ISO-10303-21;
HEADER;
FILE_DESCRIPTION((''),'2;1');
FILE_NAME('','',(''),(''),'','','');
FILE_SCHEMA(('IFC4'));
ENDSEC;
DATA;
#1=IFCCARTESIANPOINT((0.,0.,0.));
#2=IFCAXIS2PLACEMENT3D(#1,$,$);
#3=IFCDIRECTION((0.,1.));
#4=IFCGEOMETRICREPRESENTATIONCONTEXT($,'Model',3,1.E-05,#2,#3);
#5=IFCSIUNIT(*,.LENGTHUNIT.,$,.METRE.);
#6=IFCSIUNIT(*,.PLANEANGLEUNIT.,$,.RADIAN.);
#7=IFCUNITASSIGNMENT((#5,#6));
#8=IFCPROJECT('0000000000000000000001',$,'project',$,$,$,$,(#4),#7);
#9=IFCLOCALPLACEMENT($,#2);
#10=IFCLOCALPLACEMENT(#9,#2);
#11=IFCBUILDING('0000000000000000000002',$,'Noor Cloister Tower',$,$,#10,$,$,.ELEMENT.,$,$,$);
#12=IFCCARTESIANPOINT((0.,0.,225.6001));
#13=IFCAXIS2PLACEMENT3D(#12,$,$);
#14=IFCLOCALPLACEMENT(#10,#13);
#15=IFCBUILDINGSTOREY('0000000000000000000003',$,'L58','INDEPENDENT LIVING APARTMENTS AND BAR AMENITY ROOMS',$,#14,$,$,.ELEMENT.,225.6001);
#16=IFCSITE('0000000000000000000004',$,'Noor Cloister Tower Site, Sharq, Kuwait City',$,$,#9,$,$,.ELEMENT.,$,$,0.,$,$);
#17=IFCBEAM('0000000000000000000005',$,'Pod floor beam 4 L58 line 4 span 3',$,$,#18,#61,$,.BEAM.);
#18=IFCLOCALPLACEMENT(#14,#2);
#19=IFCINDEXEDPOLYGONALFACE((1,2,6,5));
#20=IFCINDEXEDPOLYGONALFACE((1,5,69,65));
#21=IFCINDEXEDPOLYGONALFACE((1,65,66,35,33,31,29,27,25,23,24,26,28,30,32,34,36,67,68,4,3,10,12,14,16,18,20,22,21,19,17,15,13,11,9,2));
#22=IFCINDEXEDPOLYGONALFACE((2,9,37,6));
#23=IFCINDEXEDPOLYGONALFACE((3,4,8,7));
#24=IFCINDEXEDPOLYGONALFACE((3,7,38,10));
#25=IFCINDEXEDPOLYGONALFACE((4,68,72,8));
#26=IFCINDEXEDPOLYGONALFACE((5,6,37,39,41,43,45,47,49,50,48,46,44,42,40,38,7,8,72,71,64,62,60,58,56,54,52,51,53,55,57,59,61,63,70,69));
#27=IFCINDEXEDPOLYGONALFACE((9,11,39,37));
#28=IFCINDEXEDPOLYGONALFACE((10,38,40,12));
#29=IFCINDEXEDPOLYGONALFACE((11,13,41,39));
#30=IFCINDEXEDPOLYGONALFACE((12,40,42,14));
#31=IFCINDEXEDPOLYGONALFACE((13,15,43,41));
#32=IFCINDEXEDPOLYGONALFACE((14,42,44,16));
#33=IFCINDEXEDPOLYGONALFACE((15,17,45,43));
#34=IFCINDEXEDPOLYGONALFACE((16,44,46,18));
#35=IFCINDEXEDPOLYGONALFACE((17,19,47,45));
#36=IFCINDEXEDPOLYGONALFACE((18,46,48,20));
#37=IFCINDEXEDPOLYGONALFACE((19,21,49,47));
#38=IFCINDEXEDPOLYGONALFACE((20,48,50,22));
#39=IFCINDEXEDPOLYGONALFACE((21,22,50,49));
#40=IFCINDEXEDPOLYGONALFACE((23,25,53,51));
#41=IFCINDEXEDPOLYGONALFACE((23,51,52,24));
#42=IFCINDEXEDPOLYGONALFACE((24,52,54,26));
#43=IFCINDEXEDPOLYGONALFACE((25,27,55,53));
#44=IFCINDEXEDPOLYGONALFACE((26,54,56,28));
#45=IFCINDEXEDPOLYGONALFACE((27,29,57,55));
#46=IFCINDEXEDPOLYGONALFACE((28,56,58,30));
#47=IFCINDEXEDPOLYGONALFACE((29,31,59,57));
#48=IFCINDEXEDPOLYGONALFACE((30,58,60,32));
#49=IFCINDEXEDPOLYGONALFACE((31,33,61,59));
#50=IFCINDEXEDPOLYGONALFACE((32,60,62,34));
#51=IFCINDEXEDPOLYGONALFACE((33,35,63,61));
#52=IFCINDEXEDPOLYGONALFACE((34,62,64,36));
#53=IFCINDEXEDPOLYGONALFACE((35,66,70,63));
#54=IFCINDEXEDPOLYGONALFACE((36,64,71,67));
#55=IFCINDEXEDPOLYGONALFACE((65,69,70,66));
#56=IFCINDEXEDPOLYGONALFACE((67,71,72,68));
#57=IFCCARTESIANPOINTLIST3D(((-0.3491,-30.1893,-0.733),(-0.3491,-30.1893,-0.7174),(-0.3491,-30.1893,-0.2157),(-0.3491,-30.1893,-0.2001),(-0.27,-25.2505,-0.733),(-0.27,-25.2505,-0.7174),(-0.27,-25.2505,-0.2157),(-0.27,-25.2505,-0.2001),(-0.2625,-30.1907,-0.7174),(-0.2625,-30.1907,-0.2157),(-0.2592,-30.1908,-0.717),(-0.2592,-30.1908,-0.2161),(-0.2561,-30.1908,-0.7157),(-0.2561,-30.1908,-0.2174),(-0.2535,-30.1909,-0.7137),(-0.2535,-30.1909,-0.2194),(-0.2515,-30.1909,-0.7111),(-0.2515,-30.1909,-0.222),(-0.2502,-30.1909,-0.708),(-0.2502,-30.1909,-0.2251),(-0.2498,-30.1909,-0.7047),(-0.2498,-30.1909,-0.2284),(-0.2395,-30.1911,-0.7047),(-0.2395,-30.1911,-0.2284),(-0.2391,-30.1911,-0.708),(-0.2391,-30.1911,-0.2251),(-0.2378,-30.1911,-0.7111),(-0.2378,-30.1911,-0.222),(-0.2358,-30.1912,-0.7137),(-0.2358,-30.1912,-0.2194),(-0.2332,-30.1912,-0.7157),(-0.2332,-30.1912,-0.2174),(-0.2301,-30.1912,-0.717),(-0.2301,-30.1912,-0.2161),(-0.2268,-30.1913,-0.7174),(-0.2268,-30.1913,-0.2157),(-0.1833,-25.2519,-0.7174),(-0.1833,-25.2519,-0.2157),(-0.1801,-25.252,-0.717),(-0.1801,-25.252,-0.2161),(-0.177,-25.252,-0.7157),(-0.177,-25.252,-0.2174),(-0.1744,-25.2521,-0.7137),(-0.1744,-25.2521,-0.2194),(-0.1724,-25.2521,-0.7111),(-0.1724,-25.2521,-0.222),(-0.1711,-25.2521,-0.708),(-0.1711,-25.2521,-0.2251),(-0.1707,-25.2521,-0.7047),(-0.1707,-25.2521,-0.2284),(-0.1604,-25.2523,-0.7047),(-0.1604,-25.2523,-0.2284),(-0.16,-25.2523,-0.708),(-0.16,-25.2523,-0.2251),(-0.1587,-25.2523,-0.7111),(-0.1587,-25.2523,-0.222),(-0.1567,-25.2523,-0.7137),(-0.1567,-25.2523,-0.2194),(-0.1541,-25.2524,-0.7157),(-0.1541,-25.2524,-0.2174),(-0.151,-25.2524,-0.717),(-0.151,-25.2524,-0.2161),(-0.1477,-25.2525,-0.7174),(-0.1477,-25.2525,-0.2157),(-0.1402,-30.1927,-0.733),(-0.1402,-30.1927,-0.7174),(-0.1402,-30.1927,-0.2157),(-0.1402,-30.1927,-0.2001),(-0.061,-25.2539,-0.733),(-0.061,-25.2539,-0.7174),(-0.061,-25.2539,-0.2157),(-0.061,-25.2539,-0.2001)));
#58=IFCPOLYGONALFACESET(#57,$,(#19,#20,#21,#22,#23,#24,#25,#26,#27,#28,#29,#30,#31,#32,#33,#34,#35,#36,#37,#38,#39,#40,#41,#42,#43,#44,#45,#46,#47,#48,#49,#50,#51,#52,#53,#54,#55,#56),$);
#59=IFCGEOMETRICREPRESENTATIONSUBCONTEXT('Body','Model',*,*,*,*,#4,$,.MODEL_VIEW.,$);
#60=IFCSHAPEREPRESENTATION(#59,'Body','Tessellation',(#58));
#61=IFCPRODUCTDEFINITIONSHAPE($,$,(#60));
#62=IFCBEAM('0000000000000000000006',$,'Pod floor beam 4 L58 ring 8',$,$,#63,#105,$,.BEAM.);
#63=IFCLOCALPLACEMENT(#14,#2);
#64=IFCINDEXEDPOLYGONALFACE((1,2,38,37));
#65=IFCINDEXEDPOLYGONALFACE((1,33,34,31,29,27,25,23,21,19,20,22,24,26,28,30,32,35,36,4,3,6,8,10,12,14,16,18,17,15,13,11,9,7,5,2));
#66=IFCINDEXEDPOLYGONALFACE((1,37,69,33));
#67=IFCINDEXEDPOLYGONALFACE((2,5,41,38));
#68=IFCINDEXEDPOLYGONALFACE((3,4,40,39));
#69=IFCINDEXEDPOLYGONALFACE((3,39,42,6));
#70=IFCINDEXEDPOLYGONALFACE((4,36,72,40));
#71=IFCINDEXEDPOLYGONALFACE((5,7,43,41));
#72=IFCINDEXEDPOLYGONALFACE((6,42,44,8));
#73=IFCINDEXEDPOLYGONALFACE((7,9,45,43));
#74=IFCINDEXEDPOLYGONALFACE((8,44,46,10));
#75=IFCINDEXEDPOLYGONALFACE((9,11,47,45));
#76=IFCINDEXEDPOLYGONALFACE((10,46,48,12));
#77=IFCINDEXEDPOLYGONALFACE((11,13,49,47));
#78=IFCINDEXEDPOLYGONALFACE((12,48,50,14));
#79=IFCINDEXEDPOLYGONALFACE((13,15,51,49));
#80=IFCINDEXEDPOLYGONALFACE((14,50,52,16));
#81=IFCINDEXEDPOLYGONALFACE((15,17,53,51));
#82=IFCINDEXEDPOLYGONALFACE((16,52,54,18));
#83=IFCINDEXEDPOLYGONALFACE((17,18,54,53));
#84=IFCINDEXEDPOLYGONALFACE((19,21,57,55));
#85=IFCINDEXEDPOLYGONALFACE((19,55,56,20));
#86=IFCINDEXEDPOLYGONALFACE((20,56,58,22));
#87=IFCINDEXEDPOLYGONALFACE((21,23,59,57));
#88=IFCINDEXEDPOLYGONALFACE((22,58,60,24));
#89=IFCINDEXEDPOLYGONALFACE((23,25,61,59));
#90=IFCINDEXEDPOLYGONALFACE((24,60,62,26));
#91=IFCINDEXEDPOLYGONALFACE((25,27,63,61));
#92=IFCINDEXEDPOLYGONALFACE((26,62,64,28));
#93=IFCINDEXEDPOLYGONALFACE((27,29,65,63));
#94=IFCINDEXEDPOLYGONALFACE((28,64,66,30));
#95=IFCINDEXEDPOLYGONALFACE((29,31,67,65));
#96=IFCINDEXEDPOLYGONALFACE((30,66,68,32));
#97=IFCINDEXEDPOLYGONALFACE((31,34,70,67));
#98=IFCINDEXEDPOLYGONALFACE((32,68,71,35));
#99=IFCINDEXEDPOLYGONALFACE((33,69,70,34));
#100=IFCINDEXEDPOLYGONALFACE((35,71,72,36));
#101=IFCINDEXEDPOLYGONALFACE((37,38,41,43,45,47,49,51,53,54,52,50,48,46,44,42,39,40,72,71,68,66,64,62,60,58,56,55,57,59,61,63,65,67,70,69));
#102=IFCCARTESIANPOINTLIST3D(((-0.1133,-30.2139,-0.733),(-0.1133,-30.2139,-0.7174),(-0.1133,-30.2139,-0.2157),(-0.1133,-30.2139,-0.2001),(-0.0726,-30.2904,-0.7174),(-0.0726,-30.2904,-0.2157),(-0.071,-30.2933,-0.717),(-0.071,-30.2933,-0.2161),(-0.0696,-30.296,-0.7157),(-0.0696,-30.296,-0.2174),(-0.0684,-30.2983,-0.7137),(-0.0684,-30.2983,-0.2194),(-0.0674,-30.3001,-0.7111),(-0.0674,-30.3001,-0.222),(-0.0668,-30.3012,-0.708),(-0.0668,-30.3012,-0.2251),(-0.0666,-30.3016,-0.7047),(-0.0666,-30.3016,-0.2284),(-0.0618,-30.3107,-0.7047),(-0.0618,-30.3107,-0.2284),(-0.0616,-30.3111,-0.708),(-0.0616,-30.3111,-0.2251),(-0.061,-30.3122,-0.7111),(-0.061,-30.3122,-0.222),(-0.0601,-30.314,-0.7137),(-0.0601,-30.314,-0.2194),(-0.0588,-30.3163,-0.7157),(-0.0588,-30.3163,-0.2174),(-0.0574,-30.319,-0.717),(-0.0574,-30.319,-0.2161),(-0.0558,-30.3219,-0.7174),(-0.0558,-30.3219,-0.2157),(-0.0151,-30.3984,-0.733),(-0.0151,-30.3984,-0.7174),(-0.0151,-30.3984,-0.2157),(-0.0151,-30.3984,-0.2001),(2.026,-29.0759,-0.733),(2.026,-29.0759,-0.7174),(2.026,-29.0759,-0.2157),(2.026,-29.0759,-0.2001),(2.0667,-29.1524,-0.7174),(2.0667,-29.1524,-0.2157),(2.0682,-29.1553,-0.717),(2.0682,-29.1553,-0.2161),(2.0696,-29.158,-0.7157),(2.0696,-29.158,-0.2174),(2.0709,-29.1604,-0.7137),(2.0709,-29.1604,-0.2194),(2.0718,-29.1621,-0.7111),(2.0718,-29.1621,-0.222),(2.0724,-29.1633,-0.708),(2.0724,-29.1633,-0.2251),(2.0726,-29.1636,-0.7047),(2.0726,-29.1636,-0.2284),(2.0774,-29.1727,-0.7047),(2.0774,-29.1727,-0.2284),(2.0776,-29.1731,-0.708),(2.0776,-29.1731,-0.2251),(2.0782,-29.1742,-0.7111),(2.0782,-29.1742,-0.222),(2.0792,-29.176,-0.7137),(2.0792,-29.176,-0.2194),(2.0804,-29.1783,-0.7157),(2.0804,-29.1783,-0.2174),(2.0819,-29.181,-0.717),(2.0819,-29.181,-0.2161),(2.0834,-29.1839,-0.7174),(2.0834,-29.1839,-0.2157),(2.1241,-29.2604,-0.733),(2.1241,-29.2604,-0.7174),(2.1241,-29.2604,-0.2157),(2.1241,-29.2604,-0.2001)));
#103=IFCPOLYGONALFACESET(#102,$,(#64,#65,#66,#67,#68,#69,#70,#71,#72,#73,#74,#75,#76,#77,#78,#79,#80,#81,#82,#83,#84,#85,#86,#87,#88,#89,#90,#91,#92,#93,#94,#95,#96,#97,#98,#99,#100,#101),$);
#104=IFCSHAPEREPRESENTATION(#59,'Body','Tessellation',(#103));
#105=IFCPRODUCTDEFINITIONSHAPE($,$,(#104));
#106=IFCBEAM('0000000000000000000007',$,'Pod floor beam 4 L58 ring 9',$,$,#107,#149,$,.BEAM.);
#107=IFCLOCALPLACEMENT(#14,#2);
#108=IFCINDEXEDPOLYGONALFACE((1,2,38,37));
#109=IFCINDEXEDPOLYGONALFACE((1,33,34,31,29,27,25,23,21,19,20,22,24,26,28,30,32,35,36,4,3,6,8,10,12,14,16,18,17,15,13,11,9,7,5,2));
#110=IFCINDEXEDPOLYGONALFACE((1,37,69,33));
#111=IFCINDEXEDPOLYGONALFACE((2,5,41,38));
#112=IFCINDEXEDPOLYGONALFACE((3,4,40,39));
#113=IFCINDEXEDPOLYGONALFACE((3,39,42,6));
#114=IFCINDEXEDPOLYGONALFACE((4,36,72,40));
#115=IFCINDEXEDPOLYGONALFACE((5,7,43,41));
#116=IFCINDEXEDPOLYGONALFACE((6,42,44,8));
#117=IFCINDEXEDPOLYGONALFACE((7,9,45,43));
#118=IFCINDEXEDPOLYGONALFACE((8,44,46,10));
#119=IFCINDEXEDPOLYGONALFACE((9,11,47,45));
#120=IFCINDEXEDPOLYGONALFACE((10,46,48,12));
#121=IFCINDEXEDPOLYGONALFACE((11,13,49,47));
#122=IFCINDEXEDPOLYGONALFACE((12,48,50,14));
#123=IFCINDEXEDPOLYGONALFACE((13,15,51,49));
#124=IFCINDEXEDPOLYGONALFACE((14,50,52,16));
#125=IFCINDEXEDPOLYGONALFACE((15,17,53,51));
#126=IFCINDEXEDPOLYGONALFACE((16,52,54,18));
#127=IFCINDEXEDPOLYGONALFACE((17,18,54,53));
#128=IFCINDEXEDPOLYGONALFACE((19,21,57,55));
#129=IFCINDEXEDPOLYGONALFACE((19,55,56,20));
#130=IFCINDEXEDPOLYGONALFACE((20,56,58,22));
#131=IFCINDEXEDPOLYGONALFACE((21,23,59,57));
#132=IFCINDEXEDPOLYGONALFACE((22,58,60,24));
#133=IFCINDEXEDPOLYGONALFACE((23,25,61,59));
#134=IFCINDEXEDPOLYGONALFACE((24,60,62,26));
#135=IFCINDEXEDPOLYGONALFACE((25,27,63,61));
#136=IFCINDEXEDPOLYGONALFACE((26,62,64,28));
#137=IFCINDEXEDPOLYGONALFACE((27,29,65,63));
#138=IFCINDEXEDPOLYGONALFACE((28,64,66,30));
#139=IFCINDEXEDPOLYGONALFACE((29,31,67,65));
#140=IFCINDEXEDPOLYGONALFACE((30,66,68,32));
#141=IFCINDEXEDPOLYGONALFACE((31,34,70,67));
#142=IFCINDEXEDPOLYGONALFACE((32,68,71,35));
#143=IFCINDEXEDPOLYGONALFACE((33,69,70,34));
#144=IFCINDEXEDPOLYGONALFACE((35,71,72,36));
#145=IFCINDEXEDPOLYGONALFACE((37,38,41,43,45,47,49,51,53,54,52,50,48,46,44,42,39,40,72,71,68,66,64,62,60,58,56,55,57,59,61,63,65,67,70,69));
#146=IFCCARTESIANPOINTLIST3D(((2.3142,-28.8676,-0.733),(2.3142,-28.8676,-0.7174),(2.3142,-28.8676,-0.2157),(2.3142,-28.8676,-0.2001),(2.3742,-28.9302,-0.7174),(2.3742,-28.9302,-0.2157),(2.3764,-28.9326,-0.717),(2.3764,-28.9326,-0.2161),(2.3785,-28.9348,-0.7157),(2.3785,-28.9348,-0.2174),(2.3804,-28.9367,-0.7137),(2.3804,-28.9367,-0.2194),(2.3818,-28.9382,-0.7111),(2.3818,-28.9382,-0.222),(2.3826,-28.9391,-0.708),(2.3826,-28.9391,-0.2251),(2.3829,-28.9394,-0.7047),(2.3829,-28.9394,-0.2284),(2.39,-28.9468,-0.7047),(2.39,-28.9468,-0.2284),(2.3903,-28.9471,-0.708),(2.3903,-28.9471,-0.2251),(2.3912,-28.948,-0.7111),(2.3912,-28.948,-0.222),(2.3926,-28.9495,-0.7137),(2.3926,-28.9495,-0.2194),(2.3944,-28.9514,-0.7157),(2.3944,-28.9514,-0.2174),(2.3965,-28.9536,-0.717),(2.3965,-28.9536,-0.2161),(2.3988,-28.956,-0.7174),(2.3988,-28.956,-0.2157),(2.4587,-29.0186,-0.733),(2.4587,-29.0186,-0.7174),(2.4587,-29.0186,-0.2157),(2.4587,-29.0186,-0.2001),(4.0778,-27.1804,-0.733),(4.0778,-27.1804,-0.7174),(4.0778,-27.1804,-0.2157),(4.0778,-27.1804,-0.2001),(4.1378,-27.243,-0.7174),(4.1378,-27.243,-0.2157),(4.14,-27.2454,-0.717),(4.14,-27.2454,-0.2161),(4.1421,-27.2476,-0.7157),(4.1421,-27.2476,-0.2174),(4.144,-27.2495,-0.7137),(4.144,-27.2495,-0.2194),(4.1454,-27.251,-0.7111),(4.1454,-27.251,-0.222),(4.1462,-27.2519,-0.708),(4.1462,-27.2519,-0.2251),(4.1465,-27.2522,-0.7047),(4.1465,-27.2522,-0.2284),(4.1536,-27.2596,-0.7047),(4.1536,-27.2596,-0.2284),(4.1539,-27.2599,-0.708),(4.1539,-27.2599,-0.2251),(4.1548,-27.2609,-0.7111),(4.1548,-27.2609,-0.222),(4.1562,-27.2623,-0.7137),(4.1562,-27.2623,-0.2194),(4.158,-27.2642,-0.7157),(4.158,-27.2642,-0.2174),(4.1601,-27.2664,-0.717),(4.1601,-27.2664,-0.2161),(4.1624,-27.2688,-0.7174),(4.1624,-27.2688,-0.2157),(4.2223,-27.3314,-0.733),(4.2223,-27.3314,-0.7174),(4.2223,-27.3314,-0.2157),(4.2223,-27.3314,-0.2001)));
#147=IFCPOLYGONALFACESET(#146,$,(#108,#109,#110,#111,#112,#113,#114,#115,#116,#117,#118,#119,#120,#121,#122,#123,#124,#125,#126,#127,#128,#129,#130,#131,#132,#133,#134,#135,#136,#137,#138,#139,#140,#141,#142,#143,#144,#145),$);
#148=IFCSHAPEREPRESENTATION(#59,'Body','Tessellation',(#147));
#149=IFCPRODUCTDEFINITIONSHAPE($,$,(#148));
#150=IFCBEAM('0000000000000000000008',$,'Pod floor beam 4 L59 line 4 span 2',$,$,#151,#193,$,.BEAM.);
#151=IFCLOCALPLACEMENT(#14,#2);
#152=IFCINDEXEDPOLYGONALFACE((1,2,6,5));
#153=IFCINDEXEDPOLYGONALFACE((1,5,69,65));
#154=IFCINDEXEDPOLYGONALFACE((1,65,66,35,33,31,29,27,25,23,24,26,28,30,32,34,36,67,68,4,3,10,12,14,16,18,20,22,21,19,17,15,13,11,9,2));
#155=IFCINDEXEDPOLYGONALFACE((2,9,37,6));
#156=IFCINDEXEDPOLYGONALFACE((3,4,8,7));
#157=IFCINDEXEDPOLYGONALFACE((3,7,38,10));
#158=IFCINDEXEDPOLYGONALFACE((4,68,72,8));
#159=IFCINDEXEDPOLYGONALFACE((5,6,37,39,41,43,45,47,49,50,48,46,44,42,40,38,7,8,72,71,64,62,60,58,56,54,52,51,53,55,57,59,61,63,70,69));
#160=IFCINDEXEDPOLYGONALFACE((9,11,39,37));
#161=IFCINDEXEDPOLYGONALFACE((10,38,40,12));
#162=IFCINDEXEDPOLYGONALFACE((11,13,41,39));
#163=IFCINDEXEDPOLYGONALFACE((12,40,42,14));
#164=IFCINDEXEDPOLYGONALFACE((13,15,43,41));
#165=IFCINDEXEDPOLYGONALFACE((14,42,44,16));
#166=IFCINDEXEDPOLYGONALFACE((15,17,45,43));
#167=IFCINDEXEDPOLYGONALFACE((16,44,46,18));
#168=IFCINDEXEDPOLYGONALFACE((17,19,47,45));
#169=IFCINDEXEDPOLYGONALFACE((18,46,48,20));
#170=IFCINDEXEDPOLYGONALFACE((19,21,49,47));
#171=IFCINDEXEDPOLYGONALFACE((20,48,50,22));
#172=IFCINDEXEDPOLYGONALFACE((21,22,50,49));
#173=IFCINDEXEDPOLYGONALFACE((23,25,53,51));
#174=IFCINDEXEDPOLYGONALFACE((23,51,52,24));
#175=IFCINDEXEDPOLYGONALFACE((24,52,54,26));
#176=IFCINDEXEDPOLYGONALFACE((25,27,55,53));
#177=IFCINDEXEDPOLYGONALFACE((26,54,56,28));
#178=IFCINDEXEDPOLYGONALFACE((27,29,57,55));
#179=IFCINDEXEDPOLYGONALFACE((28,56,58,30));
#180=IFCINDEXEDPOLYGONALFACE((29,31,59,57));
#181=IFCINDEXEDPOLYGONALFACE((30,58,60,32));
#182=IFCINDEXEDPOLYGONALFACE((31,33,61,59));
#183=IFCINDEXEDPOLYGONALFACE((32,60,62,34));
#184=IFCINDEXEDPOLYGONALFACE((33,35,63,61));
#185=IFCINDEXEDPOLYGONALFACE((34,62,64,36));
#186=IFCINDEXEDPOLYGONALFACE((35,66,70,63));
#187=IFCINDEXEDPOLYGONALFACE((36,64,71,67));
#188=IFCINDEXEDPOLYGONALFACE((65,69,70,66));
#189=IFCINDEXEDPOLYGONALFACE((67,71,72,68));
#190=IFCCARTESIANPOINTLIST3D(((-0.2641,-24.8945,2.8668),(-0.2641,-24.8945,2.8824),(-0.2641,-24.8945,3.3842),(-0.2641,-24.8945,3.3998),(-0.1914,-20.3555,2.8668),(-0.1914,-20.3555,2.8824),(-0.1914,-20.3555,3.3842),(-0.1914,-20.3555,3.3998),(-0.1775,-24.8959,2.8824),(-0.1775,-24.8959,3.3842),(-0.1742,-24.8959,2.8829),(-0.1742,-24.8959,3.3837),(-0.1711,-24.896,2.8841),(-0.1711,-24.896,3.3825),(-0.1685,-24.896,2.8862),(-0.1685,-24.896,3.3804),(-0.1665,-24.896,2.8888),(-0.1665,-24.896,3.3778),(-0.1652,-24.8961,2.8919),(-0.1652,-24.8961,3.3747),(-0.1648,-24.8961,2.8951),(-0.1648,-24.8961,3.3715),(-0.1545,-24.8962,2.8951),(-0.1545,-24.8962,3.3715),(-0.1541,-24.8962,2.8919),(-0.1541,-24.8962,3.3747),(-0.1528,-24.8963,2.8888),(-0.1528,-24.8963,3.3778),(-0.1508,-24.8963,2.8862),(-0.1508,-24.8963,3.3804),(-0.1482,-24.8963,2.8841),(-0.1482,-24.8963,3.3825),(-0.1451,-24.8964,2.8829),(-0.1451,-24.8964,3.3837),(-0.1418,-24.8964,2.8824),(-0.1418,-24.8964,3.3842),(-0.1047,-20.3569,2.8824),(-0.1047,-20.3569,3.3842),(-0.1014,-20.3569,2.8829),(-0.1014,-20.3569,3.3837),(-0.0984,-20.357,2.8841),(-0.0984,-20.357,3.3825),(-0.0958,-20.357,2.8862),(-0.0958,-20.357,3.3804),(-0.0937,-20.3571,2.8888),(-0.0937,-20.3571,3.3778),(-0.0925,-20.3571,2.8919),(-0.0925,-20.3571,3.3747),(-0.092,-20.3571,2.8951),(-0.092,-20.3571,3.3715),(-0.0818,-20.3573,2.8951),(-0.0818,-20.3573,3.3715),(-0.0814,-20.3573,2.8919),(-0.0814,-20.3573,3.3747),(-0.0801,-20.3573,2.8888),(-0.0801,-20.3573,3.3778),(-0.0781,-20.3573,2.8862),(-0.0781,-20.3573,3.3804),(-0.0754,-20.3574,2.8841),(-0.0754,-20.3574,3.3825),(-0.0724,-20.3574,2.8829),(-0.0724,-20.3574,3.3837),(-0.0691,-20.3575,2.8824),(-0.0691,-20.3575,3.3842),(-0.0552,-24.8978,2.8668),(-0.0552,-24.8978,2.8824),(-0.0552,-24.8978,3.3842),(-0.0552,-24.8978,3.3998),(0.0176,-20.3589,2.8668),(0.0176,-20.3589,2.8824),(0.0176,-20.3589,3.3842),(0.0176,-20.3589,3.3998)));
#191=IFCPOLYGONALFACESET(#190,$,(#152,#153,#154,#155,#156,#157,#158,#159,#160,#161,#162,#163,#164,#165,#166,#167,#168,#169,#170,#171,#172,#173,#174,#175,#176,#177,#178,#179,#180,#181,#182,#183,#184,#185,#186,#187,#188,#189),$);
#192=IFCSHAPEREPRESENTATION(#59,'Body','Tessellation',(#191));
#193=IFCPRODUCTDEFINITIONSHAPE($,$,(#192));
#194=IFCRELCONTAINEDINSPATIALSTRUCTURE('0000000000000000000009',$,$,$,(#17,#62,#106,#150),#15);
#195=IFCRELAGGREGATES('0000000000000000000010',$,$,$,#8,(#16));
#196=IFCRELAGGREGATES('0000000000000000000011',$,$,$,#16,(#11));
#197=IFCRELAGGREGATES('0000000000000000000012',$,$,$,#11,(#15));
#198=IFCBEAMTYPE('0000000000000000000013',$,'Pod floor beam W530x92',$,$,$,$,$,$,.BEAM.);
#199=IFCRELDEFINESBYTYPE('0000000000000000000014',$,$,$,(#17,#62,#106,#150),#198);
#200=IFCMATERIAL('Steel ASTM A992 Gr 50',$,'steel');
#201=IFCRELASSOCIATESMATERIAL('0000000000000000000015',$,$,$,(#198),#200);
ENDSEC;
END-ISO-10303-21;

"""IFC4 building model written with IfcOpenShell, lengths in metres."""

from ifc_helpers import new_model, si_unit, direction, frame, origin, origin_2d, place, context, subcontext, project, spatial, i_section, extrude, material, material_profile, profile_set, type_object, element, save


model = new_model("IFC4")

# Units and contexts
model_context = context("Model", 3, precision=1e-05, world=origin(), true_north=direction((0.0, 1.0)))
body_context = subcontext(model_context, "Body", "Model", "MODEL_VIEW")
ifc_project = project(units=[si_unit("LENGTHUNIT", "METRE"), si_unit("PLANEANGLEUNIT", "RADIAN")], contexts=[model_context])

# Site, building, storey
site_placement = place(None, origin())
site = spatial("IfcSite", under=ifc_project, at=site_placement, Name="Noor Cloister Tower Site, Sharq, Kuwait City", CompositionType="ELEMENT", RefElevation=0.0)
building_placement = place(site_placement, origin())
building = spatial("IfcBuilding", under=site, at=building_placement, Name="Noor Cloister Tower", CompositionType="ELEMENT")
storey_placement = place(building_placement, frame((0.0, 0.0, 225.6001)))
storey = spatial("IfcBuildingStorey", under=building, at=storey_placement, Name="L58", Description="INDEPENDENT LIVING APARTMENTS AND BAR AMENITY ROOMS", CompositionType="ELEMENT", Elevation=225.6001)

# Beams
ifc_material_1 = material(Name="Steel ASTM A992 Gr 50", Category="steel")
ifc_material_profile_1 = material_profile(ifc_material_1, i_section(OverallWidth=0.209, OverallDepth=0.533, WebThickness=0.0103, FlangeThickness=0.0156, FilletRadius=0.0127, at=origin_2d()), Name="W530x92")
ifc_profile_set_1 = profile_set([ifc_material_profile_1], Name="Steel ASTM A992 Gr 50")
beam_type = type_object("IfcBeamType", Name="Pod floor beam W530x92", PredefinedType="BEAM", material=ifc_profile_set_1)
beam_1_placement = place(storey_placement, frame((-0.1655, -25.2522, -0.4666), z_axis=(-0.016015, -0.999872, 0.0), x_axis=(0.999872, -0.016015, 0.0)))
element("IfcBeam", 1, at=beam_1_placement, inside=storey, type_object=beam_type, Name="Pod floor beam 4 L58 line 4 span 3", PredefinedType="BEAM", context=body_context, shape_type="SweptSolid", body=[
    extrude(i_section(OverallWidth=0.209, OverallDepth=0.533, WebThickness=0.0103, FlangeThickness=0.0156, FilletRadius=0.0127, at=origin_2d()), origin(), (0.0, 0.0, 1.0), 4.9395),
])
beam_2_placement = place(storey_placement, frame((-0.0642, -30.3062, -0.4666), z_axis=(0.882857, 0.469641, 0.0), x_axis=(-0.469641, 0.882857, 0.0)))
element("IfcBeam", 2, at=beam_2_placement, inside=storey, type_object=beam_type, Name="Pod floor beam 4 L58 ring 8", PredefinedType="BEAM", context=body_context, shape_type="SweptSolid", body=[
    extrude(i_section(OverallWidth=0.209, OverallDepth=0.533, WebThickness=0.0103, FlangeThickness=0.0156, FilletRadius=0.0127, at=origin_2d()), origin(), (0.0, 0.0, 1.0), 2.4231),
])
beam_3_placement = place(storey_placement, frame((2.3865, -28.9431, -0.4666), z_axis=(0.722588, 0.691279, 0.0), x_axis=(-0.691279, 0.722588, 0.0)))
element("IfcBeam", 3, at=beam_3_placement, inside=storey, type_object=beam_type, Name="Pod floor beam 4 L58 ring 9", PredefinedType="BEAM", context=body_context, shape_type="SweptSolid", body=[
    extrude(i_section(OverallWidth=0.209, OverallDepth=0.533, WebThickness=0.0103, FlangeThickness=0.0156, FilletRadius=0.0127, at=origin_2d()), origin(), (0.0, 0.0, 1.0), 2.4407),
])
beam_4_placement = place(storey_placement, frame((-0.0869, -20.3572, 3.1333), z_axis=(-0.016026, -0.999872, 0.0), x_axis=(0.999872, -0.016026, 0.0)))
element("IfcBeam", 4, at=beam_4_placement, inside=storey, type_object=beam_type, Name="Pod floor beam 4 L59 line 4 span 2", PredefinedType="BEAM", context=body_context, shape_type="SweptSolid", body=[
    extrude(i_section(OverallWidth=0.209, OverallDepth=0.533, WebThickness=0.0103, FlangeThickness=0.0156, FilletRadius=0.0127, at=origin_2d()), origin(), (0.0, 0.0, 1.0), 4.5396),
])

save(model, "model.ifc")
